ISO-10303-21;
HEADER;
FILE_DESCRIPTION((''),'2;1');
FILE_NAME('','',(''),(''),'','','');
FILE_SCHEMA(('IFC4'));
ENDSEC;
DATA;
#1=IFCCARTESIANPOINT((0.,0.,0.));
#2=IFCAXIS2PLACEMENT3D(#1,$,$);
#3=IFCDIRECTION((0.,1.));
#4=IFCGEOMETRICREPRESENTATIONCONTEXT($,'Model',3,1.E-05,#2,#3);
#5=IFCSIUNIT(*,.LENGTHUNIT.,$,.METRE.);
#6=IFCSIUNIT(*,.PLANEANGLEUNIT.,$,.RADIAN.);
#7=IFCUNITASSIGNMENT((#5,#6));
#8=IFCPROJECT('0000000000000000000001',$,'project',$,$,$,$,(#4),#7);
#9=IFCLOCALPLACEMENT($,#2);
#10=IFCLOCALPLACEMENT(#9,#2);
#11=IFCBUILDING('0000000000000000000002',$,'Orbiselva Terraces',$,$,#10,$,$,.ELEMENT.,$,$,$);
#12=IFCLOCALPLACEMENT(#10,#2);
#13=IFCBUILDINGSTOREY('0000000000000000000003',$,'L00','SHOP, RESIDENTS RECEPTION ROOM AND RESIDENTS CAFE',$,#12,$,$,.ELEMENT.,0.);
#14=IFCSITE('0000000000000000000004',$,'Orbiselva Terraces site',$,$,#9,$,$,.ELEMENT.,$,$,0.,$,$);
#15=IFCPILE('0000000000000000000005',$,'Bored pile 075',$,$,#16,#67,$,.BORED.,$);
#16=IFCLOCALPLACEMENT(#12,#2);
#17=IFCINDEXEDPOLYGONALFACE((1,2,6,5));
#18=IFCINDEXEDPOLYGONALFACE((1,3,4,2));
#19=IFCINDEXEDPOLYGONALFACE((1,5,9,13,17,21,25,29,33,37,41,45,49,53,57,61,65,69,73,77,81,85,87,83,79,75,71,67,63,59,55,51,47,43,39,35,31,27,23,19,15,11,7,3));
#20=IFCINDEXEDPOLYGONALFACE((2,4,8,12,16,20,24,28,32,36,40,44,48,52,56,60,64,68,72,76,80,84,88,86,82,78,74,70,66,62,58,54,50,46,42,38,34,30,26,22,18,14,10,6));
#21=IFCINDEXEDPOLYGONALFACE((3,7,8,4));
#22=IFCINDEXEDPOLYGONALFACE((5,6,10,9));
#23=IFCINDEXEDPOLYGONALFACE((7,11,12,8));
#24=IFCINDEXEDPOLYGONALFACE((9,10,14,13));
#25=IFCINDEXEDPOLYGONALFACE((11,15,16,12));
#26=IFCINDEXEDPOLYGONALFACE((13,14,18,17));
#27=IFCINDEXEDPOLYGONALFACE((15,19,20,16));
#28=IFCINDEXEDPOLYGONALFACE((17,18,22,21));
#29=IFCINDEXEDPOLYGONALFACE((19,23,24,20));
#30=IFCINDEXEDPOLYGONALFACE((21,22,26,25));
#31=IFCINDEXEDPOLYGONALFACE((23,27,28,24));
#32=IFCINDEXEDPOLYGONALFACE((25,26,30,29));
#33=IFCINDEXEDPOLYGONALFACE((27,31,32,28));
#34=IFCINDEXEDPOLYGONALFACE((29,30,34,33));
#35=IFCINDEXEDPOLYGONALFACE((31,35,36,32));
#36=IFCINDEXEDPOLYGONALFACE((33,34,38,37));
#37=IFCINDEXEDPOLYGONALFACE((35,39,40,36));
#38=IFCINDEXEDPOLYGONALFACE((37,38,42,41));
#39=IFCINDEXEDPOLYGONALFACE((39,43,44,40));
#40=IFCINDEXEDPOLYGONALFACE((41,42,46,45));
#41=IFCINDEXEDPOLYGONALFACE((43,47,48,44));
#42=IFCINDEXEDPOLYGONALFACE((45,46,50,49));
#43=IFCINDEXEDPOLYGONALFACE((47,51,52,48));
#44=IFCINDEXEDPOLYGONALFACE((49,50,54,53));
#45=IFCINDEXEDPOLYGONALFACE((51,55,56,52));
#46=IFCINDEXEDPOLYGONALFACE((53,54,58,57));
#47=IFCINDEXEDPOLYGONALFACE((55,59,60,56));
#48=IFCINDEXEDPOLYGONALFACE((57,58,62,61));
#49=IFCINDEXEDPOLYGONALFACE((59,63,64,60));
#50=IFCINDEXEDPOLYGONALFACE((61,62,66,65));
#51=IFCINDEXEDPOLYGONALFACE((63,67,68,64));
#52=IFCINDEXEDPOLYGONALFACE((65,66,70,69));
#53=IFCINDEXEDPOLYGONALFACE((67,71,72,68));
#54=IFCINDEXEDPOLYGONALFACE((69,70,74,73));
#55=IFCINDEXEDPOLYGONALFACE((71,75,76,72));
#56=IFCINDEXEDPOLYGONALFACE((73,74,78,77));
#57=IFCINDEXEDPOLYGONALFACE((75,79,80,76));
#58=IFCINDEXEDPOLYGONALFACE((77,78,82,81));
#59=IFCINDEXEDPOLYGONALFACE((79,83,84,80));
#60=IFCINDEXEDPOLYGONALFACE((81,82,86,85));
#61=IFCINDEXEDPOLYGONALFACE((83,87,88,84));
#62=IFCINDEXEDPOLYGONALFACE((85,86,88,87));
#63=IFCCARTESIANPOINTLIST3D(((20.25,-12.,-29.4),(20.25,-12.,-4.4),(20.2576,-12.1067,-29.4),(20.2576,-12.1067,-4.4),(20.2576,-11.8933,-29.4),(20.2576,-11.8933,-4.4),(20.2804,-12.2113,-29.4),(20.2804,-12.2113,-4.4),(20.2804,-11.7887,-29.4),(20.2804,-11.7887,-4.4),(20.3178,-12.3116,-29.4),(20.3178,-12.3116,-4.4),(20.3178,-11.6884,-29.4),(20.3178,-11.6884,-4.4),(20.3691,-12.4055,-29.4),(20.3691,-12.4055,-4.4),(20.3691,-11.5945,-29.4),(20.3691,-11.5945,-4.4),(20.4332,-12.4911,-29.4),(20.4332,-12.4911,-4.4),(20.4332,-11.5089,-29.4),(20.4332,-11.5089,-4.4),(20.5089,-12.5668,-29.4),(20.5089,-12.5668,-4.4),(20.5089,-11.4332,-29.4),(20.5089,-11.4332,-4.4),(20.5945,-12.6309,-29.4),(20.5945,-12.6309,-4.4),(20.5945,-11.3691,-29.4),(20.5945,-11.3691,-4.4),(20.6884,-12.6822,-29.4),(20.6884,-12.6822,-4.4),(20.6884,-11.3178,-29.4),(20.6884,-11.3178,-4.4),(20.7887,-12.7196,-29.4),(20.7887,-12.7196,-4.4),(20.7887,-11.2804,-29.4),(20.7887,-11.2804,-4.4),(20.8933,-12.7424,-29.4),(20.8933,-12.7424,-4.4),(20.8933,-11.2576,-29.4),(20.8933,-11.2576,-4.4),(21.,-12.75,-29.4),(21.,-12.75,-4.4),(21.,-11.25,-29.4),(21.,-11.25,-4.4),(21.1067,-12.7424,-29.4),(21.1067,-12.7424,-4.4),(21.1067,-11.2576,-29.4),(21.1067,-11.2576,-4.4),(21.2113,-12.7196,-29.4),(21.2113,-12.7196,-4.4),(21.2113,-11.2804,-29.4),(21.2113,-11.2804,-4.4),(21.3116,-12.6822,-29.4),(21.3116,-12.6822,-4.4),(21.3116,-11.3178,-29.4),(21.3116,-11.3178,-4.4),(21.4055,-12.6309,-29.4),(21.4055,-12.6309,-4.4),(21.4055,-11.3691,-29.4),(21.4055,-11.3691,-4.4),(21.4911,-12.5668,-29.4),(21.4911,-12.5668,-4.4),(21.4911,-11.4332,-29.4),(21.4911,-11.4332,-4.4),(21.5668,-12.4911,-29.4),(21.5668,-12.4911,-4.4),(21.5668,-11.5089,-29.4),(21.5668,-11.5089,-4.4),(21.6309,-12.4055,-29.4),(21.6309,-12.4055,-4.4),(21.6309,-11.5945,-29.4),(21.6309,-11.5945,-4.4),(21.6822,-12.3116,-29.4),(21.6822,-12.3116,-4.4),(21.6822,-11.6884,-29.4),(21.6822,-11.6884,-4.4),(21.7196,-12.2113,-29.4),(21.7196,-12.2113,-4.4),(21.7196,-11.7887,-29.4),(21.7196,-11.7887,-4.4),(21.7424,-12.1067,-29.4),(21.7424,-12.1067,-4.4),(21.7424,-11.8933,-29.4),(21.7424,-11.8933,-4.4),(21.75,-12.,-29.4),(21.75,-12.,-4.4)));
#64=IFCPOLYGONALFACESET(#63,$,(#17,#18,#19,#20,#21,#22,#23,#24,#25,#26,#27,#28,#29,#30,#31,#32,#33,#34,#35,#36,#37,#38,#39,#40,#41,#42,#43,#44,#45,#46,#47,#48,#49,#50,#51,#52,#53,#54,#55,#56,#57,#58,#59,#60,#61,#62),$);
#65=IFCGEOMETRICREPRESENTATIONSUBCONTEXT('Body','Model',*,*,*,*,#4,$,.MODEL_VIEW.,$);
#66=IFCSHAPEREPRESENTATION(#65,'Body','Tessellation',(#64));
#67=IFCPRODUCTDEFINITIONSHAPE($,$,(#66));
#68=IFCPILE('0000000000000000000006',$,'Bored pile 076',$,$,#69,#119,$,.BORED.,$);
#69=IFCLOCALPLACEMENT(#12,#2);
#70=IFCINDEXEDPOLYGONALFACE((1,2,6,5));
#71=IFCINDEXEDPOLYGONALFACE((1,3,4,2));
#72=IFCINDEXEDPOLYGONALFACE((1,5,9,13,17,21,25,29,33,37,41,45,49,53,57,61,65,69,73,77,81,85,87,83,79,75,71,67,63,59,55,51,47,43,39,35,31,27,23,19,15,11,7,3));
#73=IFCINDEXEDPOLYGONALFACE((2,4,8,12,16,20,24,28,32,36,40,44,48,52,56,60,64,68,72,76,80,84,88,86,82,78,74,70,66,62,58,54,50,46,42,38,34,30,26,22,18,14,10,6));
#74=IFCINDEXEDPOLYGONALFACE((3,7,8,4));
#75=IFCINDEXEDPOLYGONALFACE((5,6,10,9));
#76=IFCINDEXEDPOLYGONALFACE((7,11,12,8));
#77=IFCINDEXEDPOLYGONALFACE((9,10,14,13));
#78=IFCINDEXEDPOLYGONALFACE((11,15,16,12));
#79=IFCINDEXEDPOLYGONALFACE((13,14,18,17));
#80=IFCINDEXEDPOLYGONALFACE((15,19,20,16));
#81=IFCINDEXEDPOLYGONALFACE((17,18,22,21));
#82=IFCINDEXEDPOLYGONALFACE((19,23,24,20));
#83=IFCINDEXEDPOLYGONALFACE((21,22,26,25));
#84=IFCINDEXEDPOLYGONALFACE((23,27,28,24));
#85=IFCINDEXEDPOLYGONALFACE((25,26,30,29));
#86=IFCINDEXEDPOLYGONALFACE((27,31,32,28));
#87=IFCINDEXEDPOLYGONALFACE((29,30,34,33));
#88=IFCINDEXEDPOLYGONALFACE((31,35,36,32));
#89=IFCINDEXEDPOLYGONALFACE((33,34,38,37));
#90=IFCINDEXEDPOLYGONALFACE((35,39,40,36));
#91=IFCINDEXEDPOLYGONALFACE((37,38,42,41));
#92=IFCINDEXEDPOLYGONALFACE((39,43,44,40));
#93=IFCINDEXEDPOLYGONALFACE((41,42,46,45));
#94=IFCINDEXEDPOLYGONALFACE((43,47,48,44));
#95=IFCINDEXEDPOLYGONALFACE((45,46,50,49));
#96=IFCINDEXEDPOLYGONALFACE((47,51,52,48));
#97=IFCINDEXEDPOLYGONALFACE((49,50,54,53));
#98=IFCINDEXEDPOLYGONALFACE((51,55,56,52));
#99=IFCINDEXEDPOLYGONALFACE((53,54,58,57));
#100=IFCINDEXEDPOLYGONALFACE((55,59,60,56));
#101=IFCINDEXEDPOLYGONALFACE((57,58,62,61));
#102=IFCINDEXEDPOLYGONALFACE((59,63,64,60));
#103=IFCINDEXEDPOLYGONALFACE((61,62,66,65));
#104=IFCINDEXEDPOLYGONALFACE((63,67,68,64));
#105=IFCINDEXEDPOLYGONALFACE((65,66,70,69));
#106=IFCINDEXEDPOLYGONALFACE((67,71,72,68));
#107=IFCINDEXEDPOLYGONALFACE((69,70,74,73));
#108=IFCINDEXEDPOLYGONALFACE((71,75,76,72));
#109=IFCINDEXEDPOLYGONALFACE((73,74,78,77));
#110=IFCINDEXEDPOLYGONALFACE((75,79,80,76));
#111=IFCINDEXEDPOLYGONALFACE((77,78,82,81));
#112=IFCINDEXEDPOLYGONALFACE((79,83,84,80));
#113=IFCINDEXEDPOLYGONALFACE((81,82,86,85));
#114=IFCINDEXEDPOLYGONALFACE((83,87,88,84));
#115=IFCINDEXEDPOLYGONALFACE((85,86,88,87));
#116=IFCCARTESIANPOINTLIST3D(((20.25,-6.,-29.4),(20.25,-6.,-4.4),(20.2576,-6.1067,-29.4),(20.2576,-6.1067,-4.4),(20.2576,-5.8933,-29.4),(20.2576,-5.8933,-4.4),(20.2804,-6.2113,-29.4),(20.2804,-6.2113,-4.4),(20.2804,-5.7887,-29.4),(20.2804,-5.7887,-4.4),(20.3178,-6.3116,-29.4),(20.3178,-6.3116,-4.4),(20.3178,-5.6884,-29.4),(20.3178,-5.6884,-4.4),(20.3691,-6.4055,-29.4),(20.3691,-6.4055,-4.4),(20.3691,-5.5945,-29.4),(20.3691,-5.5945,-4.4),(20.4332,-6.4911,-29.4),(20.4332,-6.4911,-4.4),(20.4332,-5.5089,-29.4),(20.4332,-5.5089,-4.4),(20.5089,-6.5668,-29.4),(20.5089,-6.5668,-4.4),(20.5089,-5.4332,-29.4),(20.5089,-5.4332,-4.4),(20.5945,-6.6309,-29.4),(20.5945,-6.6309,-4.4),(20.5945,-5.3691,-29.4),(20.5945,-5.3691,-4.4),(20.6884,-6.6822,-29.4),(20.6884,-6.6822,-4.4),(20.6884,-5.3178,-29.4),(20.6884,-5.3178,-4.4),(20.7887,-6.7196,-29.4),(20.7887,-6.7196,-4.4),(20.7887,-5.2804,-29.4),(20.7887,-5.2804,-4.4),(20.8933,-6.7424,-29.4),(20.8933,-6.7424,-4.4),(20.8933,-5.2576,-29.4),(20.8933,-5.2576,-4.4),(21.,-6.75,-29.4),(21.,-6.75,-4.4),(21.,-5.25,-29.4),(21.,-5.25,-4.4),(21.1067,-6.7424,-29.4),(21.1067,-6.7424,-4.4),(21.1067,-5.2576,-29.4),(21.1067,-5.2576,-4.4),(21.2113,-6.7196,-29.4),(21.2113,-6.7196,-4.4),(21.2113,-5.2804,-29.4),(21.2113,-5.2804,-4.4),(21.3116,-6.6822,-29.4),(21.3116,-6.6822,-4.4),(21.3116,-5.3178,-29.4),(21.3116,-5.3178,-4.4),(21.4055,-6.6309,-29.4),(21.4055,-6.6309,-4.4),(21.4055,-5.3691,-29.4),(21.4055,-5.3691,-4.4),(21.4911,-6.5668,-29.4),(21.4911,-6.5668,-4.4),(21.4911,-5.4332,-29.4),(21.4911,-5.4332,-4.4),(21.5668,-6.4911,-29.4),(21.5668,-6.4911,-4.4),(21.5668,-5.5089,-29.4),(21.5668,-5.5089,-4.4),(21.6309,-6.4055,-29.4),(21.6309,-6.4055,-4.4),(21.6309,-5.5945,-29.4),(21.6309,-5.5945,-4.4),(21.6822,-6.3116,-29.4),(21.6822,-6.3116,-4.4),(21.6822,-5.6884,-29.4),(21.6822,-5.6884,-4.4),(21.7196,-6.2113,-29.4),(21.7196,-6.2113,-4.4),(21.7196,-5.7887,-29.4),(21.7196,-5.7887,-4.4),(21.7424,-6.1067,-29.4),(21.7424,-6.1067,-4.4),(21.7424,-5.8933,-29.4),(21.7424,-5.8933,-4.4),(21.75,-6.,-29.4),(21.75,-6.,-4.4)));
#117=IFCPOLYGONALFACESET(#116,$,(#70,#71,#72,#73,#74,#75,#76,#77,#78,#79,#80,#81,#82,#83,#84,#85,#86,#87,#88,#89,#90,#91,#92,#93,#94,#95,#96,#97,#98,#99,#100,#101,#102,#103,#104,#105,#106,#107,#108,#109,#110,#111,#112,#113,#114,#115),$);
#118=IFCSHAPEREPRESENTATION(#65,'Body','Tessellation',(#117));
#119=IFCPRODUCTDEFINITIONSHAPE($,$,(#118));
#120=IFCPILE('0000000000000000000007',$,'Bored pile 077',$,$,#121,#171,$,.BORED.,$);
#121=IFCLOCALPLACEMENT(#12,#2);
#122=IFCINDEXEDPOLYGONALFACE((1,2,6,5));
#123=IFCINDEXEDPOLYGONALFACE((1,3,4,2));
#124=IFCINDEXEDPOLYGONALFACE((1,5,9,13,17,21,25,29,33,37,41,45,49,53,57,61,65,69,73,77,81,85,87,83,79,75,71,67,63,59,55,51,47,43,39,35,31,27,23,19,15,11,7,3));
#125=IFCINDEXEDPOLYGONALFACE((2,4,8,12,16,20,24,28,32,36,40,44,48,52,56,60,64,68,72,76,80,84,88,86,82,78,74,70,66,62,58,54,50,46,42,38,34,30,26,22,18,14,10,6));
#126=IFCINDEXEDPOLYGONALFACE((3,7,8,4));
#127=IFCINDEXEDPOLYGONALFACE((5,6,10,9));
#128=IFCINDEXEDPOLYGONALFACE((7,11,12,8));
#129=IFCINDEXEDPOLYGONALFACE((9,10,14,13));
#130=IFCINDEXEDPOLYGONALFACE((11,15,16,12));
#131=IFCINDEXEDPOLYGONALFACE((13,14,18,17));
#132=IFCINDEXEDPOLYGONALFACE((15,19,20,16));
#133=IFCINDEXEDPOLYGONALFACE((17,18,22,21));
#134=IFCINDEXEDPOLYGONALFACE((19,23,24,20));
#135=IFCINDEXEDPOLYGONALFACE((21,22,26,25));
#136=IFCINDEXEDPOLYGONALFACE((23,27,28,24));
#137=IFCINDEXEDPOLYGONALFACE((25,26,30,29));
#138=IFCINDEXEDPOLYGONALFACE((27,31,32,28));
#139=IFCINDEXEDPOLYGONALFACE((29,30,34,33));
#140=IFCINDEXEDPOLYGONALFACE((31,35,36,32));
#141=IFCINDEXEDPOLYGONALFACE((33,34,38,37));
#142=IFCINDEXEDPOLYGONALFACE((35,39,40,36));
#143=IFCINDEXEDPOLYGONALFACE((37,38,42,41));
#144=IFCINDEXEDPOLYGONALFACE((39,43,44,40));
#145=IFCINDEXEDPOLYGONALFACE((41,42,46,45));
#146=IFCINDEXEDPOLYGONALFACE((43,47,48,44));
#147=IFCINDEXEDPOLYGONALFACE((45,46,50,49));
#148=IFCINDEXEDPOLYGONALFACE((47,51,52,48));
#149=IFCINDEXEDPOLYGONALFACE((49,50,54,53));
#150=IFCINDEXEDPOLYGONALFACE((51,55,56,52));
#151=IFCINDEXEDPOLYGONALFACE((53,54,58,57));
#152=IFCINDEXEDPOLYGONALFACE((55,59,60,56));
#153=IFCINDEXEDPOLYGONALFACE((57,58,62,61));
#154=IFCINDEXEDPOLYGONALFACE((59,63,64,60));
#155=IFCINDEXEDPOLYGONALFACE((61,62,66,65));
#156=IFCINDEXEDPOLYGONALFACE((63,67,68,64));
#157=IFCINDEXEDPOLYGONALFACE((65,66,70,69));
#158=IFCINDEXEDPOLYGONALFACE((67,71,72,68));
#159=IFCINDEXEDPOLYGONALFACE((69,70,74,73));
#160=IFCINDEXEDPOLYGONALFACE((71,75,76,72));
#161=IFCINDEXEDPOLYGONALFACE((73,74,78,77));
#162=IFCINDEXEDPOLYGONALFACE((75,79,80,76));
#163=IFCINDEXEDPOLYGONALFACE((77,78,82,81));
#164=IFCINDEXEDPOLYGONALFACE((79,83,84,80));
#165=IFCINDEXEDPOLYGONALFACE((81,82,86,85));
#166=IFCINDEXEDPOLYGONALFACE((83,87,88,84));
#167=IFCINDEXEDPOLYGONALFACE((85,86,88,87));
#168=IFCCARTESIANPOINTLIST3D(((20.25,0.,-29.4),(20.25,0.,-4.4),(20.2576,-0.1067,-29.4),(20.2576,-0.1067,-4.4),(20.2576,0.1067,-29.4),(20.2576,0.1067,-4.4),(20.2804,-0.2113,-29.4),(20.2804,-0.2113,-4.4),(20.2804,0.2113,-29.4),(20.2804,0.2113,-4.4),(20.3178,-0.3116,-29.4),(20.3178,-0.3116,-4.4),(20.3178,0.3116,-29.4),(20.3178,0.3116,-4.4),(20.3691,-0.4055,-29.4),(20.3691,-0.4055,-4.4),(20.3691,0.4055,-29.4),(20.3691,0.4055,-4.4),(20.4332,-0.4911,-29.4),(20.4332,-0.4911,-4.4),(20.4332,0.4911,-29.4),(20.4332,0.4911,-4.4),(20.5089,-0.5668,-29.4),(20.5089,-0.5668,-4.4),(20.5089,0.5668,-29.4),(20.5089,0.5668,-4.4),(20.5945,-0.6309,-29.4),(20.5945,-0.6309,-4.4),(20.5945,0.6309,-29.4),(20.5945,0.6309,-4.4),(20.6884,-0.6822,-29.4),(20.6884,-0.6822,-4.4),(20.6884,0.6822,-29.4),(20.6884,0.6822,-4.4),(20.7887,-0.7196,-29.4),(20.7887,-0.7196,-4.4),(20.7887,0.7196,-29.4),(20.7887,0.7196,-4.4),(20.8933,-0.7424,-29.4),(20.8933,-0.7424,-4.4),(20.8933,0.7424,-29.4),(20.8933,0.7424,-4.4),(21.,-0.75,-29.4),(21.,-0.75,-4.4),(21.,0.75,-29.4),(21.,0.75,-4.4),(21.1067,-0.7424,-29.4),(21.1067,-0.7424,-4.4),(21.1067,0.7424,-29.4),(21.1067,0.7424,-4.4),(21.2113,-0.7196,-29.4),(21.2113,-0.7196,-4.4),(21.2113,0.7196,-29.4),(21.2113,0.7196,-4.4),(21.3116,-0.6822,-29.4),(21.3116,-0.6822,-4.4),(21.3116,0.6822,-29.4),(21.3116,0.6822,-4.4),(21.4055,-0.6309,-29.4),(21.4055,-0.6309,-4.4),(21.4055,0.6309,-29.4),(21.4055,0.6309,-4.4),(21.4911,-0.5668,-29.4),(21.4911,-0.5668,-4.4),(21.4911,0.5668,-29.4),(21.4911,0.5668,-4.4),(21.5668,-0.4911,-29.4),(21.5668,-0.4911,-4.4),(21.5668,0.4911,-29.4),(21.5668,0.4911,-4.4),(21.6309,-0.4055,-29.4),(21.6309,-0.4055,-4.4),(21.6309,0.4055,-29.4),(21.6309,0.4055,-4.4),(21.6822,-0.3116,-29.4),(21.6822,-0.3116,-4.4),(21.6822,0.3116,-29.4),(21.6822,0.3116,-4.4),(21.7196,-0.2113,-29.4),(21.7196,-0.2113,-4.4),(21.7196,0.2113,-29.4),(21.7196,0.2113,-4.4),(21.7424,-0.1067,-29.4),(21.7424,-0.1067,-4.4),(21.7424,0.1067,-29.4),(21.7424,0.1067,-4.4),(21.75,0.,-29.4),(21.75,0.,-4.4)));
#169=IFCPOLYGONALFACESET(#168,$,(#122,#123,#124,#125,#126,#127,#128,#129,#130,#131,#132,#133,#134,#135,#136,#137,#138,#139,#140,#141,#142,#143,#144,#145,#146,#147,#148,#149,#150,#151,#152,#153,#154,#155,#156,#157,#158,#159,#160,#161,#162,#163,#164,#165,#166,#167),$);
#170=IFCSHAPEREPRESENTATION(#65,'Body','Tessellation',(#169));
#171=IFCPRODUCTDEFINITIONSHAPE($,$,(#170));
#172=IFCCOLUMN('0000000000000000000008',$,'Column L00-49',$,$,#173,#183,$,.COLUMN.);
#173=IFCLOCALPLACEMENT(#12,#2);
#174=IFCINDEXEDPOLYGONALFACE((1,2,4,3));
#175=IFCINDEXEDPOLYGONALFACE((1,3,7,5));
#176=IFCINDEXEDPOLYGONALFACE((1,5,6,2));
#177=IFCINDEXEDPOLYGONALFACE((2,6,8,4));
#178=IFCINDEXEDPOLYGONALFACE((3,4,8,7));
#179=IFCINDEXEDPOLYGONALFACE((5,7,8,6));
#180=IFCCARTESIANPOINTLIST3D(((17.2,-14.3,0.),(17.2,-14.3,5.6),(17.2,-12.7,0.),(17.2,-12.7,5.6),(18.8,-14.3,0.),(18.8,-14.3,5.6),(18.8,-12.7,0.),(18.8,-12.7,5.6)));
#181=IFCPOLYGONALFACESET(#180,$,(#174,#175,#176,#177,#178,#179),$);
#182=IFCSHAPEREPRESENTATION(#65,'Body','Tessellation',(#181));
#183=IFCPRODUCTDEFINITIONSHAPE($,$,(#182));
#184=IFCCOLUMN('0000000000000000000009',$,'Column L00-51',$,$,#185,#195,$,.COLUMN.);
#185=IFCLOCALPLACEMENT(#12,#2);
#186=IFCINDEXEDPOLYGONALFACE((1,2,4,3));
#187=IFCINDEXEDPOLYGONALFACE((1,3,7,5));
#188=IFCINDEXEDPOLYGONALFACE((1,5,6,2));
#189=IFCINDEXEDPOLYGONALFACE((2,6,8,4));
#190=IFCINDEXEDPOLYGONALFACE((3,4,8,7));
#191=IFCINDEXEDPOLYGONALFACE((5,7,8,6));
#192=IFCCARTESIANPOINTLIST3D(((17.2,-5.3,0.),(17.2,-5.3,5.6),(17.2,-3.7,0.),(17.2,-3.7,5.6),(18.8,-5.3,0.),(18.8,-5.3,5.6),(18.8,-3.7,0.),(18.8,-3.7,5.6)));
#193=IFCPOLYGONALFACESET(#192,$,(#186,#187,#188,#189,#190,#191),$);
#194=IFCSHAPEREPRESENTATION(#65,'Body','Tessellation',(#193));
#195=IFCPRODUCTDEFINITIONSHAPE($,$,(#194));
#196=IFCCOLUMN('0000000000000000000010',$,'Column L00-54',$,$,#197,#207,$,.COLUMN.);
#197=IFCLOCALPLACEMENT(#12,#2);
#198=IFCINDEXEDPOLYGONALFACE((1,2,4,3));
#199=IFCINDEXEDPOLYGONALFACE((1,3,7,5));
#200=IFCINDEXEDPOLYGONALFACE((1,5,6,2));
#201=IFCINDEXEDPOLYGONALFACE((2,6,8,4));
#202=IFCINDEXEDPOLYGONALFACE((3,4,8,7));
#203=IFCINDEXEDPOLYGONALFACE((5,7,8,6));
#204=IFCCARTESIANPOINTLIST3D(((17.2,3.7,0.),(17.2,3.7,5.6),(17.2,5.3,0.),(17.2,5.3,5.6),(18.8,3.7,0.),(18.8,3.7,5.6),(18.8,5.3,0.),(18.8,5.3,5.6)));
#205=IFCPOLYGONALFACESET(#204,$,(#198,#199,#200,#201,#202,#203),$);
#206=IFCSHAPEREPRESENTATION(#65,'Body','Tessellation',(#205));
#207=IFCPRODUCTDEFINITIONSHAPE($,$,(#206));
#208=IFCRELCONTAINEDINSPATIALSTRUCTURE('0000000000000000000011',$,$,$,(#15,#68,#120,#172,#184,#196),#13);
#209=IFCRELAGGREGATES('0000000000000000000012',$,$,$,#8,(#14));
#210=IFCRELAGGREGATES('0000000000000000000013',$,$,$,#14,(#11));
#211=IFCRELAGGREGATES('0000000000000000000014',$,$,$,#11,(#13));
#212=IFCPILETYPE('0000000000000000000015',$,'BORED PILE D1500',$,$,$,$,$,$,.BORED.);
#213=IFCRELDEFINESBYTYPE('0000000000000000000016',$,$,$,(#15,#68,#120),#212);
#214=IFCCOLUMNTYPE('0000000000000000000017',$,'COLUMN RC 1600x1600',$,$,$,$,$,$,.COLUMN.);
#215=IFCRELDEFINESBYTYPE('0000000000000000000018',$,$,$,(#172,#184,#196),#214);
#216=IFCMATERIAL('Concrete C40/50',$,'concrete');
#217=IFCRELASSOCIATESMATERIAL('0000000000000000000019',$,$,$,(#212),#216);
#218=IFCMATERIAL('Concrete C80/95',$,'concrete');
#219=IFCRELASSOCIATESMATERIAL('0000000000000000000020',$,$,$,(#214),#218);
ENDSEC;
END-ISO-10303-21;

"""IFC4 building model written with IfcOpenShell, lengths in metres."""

from ifc_helpers import new_model, si_unit, direction, frame, origin, origin_2d, place, context, subcontext, project, spatial, rectangle, circle, extrude, material, material_profile, profile_set, type_object, element, save


model = new_model("IFC4")

# Units and contexts
model_context = context("Model", 3, precision=1e-05, world=origin(), true_north=direction((0.0, 1.0)))
body_context = subcontext(model_context, "Body", "Model", "MODEL_VIEW")
ifc_project = project(units=[si_unit("LENGTHUNIT", "METRE"), si_unit("PLANEANGLEUNIT", "RADIAN")], contexts=[model_context])

# Site, building, storey
site_placement = place(None, origin())
site = spatial("IfcSite", under=ifc_project, at=site_placement, Name="Orbiselva Terraces site", CompositionType="ELEMENT", RefElevation=0.0)
building_placement = place(site_placement, origin())
building = spatial("IfcBuilding", under=site, at=building_placement, Name="Orbiselva Terraces", CompositionType="ELEMENT")
storey_placement = place(building_placement, origin())
storey = spatial("IfcBuildingStorey", under=building, at=storey_placement, Name="L00", Description="SHOP, RESIDENTS RECEPTION ROOM AND RESIDENTS CAFE", CompositionType="ELEMENT", Elevation=0.0)

# Piles
ifc_material_1 = material(Name="Concrete C40/50", Category="concrete")
ifc_material_profile_1 = material_profile(ifc_material_1, circle(Radius=0.75, at=origin_2d()), Name="D1500")
ifc_profile_set_1 = profile_set([ifc_material_profile_1], Name="Concrete C40/50")
pile_type = type_object("IfcPileType", Name="BORED PILE D1500", PredefinedType="BORED", material=ifc_profile_set_1)
for number, where, z_axis, x_axis, name in (
    (1, (21.0, -12.0, -4.4), (0.0, 0.0, -1.0), (1.0, 0.0, 0.0), "Bored pile 075"),
    (2, (21.0, -6.0, -4.4), (0.0, 0.0, -1.0), (1.0, 0.0, 0.0), "Bored pile 076"),
    (3, (21.0, 0.0, -4.4), (0.0, 0.0, -1.0), (1.0, 0.0, 0.0), "Bored pile 077"),
):
    element("IfcPile", number, at=place(storey_placement, frame(where, z_axis=z_axis, x_axis=x_axis)), inside=storey, type_object=pile_type, Name=name, PredefinedType="BORED", context=body_context, shape_type="SweptSolid", body=[
        extrude(circle(Radius=0.75, at=origin_2d()), origin(), (0.0, 0.0, 1.0), 25.0),
    ])

# Columns
ifc_material_2 = material(Name="Concrete C80/95", Category="concrete")
ifc_material_profile_2 = material_profile(ifc_material_2, rectangle(XDim=1.6, YDim=1.6, at=origin_2d()), Name="RC 1600x1600")
ifc_profile_set_2 = profile_set([ifc_material_profile_2], Name="Concrete C80/95")
column_type_1 = type_object("IfcColumnType", Name="COLUMN RC 1600x1600", PredefinedType="COLUMN", material=ifc_profile_set_2)
for number, where, z_axis, x_axis, name in (
    (4, (18.0, -13.5, 0.0), (0.0, 0.0, 1.0), (1.0, 0.0, 0.0), "Column L00-49"),
    (5, (18.0, -4.5, 0.0), (0.0, 0.0, 1.0), (1.0, 0.0, 0.0), "Column L00-51"),
    (6, (18.0, 4.5, 0.0), (0.0, 0.0, 1.0), (1.0, 0.0, 0.0), "Column L00-54"),
):
    element("IfcColumn", number, at=place(storey_placement, frame(where, z_axis=z_axis, x_axis=x_axis)), inside=storey, type_object=column_type_1, Name=name, PredefinedType="COLUMN", context=body_context, shape_type="SweptSolid", body=[
        extrude(rectangle(XDim=1.6, YDim=1.6, at=origin_2d()), origin(), (0.0, 0.0, 1.0), 5.6),
    ])

save(model, "model.ifc")
